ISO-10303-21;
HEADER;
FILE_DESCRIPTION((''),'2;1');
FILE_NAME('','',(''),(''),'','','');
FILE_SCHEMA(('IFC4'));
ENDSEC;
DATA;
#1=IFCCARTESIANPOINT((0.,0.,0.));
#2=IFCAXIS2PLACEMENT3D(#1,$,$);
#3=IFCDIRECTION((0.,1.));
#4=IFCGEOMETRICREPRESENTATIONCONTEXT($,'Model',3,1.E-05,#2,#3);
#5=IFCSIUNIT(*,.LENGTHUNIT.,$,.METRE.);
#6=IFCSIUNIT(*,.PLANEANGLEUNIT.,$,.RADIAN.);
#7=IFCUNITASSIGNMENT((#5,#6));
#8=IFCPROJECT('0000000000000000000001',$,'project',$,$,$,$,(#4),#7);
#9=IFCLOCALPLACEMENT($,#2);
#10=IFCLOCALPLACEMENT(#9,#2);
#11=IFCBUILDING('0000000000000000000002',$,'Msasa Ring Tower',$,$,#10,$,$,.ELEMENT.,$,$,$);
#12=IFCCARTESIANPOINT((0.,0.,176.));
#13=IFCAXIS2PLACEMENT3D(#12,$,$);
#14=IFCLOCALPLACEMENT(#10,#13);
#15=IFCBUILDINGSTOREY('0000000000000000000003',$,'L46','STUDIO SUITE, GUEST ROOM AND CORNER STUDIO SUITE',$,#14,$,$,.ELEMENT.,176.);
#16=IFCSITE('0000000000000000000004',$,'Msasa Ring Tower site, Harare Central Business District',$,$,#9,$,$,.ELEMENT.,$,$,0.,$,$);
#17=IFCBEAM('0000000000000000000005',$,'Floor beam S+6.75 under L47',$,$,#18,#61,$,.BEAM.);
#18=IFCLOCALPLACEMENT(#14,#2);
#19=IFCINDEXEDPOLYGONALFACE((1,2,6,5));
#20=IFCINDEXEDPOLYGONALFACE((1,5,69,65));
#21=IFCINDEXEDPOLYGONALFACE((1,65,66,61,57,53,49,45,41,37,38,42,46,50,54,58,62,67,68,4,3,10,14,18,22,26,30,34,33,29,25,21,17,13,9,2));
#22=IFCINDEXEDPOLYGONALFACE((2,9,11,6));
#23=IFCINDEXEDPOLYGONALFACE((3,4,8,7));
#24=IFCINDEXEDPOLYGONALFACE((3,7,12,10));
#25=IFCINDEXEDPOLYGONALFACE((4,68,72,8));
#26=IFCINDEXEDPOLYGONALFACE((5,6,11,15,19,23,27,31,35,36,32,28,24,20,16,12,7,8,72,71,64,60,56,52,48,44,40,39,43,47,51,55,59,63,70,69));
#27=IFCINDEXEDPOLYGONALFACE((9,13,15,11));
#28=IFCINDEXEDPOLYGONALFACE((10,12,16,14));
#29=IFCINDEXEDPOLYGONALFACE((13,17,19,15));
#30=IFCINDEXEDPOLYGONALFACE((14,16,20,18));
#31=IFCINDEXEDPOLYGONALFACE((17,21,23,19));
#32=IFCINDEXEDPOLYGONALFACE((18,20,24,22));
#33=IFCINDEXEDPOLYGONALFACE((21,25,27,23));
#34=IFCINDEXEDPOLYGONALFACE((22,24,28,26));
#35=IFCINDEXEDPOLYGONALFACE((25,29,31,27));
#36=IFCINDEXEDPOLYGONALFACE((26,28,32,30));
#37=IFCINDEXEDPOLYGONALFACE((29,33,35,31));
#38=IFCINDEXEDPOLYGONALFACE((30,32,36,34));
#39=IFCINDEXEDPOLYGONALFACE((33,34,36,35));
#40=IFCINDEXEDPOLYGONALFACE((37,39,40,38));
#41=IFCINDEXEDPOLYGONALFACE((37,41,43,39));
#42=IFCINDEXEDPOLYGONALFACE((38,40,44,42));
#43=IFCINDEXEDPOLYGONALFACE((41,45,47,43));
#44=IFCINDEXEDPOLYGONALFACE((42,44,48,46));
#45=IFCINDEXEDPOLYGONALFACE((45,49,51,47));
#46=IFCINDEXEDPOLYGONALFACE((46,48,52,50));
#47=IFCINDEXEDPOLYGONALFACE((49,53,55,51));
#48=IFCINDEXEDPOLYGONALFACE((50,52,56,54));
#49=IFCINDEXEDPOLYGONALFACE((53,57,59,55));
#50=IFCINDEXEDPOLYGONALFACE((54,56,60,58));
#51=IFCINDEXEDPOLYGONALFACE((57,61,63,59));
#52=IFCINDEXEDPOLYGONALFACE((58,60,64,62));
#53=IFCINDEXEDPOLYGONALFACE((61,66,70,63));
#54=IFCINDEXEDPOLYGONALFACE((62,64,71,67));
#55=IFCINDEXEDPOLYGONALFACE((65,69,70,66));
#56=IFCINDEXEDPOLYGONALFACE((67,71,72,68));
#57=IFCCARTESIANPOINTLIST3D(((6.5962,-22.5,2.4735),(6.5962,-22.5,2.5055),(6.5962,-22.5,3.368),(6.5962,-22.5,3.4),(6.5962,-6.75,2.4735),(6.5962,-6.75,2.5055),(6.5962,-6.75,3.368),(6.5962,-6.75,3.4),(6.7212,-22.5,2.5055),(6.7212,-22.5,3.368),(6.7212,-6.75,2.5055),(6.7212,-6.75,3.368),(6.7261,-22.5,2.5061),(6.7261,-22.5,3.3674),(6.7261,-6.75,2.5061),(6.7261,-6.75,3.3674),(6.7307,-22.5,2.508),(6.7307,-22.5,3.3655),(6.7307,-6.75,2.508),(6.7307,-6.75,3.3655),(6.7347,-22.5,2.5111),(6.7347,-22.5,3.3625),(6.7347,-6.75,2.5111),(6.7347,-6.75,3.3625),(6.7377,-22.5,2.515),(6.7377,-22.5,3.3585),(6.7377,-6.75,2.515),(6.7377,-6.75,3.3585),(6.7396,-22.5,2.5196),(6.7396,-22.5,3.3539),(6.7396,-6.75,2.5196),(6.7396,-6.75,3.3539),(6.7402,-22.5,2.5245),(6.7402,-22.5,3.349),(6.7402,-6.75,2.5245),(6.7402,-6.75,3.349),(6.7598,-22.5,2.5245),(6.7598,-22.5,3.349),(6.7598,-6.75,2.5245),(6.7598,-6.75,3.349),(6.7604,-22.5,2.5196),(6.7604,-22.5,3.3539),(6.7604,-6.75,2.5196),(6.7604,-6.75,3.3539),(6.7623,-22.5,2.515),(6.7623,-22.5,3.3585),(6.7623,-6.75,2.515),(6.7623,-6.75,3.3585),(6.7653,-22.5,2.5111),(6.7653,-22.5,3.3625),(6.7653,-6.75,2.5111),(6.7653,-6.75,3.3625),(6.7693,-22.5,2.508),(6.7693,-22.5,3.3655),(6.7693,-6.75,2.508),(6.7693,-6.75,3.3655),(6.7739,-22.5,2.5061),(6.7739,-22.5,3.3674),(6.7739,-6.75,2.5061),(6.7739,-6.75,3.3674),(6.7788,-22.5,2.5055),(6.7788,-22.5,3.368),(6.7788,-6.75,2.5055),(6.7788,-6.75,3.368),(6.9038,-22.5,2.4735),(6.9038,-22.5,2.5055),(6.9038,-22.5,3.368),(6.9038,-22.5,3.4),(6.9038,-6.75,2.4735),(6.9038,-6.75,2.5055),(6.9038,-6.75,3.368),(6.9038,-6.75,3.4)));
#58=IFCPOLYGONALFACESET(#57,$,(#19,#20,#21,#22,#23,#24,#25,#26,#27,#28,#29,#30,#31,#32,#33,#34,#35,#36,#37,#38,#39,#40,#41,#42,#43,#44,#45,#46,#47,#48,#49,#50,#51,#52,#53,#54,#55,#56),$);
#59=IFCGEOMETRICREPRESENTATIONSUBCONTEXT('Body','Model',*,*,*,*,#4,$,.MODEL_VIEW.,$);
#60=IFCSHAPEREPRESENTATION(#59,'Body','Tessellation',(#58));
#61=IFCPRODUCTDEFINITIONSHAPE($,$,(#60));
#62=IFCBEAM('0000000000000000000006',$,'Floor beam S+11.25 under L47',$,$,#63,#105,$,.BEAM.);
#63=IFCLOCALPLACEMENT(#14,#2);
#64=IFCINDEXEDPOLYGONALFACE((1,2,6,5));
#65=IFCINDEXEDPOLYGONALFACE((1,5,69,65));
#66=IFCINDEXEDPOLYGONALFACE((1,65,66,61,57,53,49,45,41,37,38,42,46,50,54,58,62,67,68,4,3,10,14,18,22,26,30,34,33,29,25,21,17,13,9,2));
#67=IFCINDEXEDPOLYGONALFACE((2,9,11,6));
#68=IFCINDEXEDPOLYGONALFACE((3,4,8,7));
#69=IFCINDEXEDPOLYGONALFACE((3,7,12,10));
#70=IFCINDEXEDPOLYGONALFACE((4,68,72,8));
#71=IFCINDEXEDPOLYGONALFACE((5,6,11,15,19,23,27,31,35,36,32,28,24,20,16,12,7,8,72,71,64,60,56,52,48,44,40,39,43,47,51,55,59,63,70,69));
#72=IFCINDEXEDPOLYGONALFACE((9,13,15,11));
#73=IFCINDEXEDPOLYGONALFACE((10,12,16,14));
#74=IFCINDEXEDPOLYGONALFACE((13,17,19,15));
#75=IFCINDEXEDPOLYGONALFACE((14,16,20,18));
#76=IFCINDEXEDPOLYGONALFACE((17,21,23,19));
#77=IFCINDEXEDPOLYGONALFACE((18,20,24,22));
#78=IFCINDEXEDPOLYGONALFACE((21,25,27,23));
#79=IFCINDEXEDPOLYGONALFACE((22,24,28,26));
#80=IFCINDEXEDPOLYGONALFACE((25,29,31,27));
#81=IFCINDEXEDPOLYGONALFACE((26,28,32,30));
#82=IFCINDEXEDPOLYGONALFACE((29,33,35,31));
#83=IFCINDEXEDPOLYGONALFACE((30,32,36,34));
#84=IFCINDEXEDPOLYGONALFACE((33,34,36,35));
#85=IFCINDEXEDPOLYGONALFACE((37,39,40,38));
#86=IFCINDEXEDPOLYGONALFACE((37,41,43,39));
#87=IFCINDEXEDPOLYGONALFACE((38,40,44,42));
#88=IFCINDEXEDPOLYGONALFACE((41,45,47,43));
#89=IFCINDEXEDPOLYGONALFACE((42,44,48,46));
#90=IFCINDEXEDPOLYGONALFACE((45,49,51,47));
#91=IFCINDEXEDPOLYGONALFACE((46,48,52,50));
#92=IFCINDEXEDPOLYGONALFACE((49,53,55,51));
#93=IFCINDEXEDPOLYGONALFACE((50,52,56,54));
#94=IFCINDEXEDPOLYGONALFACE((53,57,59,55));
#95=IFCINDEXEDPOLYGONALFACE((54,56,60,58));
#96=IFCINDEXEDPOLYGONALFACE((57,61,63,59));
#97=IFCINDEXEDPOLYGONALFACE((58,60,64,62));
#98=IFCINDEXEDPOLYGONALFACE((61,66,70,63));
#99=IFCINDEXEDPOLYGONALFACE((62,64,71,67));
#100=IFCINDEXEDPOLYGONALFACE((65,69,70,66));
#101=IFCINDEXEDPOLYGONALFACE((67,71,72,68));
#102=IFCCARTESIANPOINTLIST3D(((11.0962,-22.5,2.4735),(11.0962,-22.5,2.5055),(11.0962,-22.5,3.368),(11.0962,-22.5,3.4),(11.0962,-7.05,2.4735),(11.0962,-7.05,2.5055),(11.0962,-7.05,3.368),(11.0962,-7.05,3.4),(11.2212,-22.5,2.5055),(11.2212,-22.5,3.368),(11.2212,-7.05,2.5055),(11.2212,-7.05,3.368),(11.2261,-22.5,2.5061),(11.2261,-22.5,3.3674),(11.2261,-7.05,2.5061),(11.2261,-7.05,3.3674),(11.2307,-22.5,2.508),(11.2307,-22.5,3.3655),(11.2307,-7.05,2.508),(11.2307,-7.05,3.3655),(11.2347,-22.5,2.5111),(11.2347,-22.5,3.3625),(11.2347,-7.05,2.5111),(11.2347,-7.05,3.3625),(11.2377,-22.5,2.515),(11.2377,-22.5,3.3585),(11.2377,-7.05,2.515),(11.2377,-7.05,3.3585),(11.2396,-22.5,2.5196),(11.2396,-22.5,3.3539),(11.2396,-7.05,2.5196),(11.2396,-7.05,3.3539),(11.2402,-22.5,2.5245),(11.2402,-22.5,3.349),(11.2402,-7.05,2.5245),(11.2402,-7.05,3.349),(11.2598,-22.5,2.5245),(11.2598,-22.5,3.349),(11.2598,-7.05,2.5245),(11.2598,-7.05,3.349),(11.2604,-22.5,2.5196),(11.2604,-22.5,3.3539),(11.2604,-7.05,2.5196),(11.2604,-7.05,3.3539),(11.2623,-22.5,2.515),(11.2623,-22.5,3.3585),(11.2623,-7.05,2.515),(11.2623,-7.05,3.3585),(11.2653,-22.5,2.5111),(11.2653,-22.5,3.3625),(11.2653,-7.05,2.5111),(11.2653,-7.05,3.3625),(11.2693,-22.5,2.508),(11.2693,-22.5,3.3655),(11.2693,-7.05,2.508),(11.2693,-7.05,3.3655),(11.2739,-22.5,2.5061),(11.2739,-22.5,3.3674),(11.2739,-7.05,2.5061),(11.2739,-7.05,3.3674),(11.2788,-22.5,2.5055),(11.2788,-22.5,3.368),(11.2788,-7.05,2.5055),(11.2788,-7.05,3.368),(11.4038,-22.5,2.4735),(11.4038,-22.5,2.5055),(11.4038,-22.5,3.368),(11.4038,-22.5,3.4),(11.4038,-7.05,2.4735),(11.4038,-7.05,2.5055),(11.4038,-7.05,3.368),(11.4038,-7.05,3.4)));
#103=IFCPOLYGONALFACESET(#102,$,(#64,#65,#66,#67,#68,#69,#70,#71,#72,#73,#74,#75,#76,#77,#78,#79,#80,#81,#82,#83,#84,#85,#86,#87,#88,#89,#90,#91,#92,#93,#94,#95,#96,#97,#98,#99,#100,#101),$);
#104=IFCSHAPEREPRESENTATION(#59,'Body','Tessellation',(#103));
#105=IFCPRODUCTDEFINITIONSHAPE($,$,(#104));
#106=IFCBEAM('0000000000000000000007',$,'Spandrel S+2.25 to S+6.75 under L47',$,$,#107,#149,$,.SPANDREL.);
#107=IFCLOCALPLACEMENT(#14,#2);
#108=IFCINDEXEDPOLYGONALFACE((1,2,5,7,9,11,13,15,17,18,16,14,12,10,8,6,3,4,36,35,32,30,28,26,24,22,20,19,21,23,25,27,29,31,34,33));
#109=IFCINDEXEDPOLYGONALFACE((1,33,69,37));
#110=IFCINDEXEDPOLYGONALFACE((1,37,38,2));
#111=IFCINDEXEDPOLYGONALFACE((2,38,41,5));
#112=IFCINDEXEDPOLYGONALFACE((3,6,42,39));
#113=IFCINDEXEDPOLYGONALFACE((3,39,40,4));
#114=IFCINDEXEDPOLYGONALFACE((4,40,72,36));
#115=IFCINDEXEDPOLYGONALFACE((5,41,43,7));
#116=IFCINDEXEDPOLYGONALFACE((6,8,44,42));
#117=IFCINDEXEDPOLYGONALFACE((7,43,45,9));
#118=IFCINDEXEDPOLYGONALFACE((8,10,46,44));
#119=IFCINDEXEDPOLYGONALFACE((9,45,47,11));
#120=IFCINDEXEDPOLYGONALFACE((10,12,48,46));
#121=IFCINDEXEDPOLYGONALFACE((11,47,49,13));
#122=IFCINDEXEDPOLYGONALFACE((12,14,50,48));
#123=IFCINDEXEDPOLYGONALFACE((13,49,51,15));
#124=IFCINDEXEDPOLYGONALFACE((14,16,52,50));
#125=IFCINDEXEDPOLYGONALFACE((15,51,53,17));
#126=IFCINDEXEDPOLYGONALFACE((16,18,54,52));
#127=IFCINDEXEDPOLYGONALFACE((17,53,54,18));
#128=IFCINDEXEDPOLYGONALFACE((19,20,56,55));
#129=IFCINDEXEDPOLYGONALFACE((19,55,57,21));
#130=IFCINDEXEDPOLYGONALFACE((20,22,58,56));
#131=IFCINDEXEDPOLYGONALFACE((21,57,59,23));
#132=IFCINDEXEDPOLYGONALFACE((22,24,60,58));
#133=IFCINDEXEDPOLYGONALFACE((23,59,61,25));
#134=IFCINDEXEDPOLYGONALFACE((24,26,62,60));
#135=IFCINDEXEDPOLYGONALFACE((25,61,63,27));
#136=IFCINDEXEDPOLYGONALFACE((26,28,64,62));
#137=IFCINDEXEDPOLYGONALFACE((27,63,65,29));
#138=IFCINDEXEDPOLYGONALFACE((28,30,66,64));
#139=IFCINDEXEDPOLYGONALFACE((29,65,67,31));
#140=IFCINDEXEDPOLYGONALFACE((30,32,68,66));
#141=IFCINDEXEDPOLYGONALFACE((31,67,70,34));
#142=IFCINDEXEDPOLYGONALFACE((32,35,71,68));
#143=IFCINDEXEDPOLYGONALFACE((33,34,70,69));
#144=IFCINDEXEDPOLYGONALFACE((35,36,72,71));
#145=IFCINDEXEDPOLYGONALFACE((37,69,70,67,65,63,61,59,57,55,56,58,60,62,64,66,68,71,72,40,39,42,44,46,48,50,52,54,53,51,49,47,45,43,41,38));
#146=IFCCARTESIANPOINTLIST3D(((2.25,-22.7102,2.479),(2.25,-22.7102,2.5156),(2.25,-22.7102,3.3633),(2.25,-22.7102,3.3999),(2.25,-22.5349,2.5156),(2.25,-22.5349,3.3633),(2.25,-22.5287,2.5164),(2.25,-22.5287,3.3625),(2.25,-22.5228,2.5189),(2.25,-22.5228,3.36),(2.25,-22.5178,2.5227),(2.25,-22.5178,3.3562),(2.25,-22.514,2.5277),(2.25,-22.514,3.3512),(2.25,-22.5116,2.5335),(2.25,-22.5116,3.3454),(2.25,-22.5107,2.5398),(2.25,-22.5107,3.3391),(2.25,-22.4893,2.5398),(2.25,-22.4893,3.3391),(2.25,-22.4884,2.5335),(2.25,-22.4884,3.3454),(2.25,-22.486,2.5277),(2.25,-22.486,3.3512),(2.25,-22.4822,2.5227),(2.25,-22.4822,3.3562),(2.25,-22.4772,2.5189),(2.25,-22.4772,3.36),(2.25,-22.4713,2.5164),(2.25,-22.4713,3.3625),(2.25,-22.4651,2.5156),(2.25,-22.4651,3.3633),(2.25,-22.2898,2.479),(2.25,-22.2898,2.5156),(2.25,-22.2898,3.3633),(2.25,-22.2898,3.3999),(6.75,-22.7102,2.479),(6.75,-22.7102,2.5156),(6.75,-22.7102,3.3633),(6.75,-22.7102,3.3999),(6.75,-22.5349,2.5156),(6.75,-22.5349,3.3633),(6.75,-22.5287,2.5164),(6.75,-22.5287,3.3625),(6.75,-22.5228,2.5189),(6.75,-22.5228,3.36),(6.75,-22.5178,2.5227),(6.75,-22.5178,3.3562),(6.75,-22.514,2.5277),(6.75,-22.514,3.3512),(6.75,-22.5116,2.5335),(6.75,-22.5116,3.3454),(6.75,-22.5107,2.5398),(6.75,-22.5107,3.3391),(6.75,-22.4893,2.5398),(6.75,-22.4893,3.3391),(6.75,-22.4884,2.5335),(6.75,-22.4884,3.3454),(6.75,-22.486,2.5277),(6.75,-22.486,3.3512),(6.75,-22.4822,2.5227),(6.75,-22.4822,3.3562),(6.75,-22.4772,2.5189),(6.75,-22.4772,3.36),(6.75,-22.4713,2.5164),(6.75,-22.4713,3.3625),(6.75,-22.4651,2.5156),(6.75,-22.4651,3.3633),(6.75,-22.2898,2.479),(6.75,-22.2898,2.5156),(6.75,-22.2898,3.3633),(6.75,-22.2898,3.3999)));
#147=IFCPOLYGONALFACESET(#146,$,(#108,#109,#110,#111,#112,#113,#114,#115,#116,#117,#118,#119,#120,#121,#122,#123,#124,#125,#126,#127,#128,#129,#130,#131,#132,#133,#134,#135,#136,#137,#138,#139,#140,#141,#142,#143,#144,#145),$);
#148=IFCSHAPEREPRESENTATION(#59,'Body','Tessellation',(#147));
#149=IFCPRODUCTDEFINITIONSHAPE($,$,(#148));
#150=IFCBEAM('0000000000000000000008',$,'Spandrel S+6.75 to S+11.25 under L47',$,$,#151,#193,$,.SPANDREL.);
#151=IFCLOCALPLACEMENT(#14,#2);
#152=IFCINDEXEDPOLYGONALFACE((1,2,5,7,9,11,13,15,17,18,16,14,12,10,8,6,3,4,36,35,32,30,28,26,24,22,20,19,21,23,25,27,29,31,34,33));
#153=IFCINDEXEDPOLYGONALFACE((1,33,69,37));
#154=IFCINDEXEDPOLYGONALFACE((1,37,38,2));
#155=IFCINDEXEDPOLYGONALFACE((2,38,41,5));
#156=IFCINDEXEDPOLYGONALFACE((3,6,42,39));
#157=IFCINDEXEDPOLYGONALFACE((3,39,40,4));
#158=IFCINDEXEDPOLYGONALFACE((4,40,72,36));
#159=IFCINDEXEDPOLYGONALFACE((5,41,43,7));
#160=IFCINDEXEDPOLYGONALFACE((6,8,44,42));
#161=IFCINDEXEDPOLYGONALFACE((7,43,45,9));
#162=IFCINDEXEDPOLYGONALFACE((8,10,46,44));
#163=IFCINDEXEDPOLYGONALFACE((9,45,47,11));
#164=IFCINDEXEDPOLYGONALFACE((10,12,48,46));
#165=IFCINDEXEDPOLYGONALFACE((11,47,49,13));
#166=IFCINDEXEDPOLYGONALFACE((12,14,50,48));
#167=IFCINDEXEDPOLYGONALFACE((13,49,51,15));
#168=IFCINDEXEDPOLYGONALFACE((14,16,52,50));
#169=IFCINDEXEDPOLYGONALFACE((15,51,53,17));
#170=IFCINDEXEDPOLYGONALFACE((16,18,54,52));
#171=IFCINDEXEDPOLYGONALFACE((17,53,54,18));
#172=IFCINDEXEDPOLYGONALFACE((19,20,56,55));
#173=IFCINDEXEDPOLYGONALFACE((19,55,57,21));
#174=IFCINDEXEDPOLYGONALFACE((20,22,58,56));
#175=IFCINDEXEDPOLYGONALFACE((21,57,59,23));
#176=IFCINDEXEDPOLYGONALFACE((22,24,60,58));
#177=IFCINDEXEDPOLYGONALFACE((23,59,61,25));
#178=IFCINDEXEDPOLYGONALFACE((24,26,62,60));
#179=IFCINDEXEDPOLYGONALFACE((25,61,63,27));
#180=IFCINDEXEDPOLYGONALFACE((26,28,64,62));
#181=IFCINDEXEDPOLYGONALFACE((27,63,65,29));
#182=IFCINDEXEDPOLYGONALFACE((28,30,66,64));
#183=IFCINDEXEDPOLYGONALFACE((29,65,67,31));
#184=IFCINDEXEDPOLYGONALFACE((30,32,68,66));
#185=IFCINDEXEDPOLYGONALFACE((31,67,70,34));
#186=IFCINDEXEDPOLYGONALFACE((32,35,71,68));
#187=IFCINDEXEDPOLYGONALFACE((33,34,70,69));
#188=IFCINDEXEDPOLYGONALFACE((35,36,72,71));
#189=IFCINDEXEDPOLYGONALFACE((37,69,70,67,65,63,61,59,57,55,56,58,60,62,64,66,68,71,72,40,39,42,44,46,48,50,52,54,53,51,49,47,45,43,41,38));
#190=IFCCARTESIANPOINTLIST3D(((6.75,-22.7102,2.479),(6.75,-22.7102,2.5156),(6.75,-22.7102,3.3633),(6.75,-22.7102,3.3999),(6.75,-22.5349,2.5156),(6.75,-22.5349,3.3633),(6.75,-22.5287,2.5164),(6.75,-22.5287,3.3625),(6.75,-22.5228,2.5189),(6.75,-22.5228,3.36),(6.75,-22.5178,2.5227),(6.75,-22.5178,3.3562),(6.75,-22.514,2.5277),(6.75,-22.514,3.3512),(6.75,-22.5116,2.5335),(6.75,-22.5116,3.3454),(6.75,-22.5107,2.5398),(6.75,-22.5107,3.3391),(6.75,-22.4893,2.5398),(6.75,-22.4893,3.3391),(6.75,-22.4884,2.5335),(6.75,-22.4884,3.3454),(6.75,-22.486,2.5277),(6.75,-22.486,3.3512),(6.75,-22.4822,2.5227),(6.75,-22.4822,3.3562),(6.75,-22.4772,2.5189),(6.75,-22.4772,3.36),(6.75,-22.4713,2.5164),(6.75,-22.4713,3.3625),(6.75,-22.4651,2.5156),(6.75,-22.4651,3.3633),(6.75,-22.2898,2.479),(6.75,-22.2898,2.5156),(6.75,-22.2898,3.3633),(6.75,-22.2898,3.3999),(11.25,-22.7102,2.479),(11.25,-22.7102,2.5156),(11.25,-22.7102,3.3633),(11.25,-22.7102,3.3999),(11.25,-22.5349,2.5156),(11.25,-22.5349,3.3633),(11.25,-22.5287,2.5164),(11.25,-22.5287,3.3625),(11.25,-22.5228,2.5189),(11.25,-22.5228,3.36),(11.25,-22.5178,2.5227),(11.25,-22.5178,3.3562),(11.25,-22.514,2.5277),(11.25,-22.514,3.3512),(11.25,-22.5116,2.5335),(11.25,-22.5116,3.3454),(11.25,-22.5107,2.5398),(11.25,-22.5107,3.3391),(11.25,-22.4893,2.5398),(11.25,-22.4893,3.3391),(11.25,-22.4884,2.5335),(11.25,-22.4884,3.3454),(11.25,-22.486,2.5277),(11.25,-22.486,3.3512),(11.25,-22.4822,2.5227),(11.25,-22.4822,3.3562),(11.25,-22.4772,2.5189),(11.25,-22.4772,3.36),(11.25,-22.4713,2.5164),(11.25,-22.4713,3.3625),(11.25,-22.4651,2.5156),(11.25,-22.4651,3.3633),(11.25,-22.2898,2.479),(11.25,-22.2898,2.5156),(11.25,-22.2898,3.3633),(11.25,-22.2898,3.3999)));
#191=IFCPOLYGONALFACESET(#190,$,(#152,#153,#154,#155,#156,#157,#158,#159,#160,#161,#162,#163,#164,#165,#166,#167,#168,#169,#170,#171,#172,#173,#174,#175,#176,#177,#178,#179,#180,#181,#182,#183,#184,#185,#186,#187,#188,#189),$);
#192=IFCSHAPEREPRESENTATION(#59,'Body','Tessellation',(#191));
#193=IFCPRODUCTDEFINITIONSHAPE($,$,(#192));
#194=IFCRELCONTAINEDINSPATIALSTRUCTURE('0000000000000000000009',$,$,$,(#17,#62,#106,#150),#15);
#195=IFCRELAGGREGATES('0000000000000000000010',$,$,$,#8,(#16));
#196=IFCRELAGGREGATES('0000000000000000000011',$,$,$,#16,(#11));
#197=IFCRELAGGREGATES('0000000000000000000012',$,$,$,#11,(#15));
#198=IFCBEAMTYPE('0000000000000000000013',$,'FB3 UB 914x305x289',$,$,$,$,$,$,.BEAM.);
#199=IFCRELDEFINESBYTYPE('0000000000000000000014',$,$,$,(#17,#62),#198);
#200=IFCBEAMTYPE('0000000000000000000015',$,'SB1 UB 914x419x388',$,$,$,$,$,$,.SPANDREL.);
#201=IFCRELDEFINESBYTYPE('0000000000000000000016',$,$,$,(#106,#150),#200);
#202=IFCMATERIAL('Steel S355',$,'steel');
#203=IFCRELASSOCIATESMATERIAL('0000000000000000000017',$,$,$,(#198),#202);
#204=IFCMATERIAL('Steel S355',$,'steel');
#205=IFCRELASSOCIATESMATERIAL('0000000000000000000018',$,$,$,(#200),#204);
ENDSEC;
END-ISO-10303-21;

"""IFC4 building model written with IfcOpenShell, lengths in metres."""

from ifc_helpers import new_model, si_unit, direction, frame, origin, origin_2d, place, context, subcontext, project, spatial, i_section, extrude, material, material_profile, profile_set, type_object, element, save


model = new_model("IFC4")

# Units and contexts
model_context = context("Model", 3, precision=1e-05, world=origin(), true_north=direction((0.0, 1.0)))
body_context = subcontext(model_context, "Body", "Model", "MODEL_VIEW")
ifc_project = project(units=[si_unit("LENGTHUNIT", "METRE"), si_unit("PLANEANGLEUNIT", "RADIAN")], contexts=[model_context])

# Site, building, storey
site_placement = place(None, origin())
site = spatial("IfcSite", under=ifc_project, at=site_placement, Name="Msasa Ring Tower site, Harare Central Business District", CompositionType="ELEMENT", RefElevation=0.0)
building_placement = place(site_placement, origin())
building = spatial("IfcBuilding", under=site, at=building_placement, Name="Msasa Ring Tower", CompositionType="ELEMENT")
storey_placement = place(building_placement, frame((0.0, 0.0, 176.0)))
storey = spatial("IfcBuildingStorey", under=building, at=storey_placement, Name="L46", Description="STUDIO SUITE, GUEST ROOM AND CORNER STUDIO SUITE", CompositionType="ELEMENT", Elevation=176.0)

# Beams
ifc_material_1 = material(Name="Steel S355", Category="steel")
ifc_material_profile_1 = material_profile(ifc_material_1, i_section(OverallWidth=0.3076, OverallDepth=0.9265, WebThickness=0.0195, FlangeThickness=0.032, FilletRadius=0.019, at=origin_2d()), Name="UB 914x305x289")
ifc_profile_set_1 = profile_set([ifc_material_profile_1], Name="Steel S355")
beam_type_1 = type_object("IfcBeamType", Name="FB3 UB 914x305x289", PredefinedType="BEAM", material=ifc_profile_set_1)
for number, where, z_axis, x_axis, name in (
    (1, (6.75, -22.5, 2.9368), (0.0, 1.0, 0.0), (-1.0, 0.0, 0.0), "Floor beam S+6.75 under L47"),
):
    element("IfcBeam", number, at=place(storey_placement, frame(where, z_axis=z_axis, x_axis=x_axis)), inside=storey, type_object=beam_type_1, Name=name, PredefinedType="BEAM", context=body_context, shape_type="SweptSolid", body=[
        extrude(i_section(OverallWidth=0.3076, OverallDepth=0.9265, WebThickness=0.0195, FlangeThickness=0.032, FilletRadius=0.019, at=origin_2d()), origin(), (0.0, 0.0, 1.0), 15.75),
    ])
beam_placement = place(storey_placement, frame((11.25, -22.5, 2.9368), z_axis=(0.0, 1.0, 0.0), x_axis=(-1.0, 0.0, 0.0)))
element("IfcBeam", 2, at=beam_placement, inside=storey, type_object=beam_type_1, Name="Floor beam S+11.25 under L47", PredefinedType="BEAM", context=body_context, shape_type="SweptSolid", body=[
    extrude(i_section(OverallWidth=0.3076, OverallDepth=0.9265, WebThickness=0.0195, FlangeThickness=0.032, FilletRadius=0.019, at=origin_2d()), origin(), (0.0, 0.0, 1.0), 15.45),
])
ifc_material_2 = material(Name="Steel S355", Category="steel")
ifc_material_profile_2 = material_profile(ifc_material_2, i_section(OverallWidth=0.4204, OverallDepth=0.9209, WebThickness=0.0215, FlangeThickness=0.0366, FilletRadius=0.0242, at=origin_2d()), Name="UB 914x419x388")
ifc_profile_set_2 = profile_set([ifc_material_profile_2], Name="Steel S355")
beam_type_2 = type_object("IfcBeamType", Name="SB1 UB 914x419x388", PredefinedType="SPANDREL", material=ifc_profile_set_2)
for number, where, z_axis, x_axis, name in (
    (3, (2.25, -22.5, 2.9395), (1.0, 0.0, 0.0), (0.0, 1.0, 0.0), "Spandrel S+2.25 to S+6.75 under L47"),
    (4, (6.75, -22.5, 2.9395), (1.0, 0.0, 0.0), (0.0, 1.0, 0.0), "Spandrel S+6.75 to S+11.25 under L47"),
):
    element("IfcBeam", number, at=place(storey_placement, frame(where, z_axis=z_axis, x_axis=x_axis)), inside=storey, type_object=beam_type_2, Name=name, PredefinedType="SPANDREL", context=body_context, shape_type="SweptSolid", body=[
        extrude(i_section(OverallWidth=0.4204, OverallDepth=0.9209, WebThickness=0.0215, FlangeThickness=0.0366, FilletRadius=0.0242, at=origin_2d()), origin(), (0.0, 0.0, 1.0), 4.5),
    ])

save(model, "model.ifc")
